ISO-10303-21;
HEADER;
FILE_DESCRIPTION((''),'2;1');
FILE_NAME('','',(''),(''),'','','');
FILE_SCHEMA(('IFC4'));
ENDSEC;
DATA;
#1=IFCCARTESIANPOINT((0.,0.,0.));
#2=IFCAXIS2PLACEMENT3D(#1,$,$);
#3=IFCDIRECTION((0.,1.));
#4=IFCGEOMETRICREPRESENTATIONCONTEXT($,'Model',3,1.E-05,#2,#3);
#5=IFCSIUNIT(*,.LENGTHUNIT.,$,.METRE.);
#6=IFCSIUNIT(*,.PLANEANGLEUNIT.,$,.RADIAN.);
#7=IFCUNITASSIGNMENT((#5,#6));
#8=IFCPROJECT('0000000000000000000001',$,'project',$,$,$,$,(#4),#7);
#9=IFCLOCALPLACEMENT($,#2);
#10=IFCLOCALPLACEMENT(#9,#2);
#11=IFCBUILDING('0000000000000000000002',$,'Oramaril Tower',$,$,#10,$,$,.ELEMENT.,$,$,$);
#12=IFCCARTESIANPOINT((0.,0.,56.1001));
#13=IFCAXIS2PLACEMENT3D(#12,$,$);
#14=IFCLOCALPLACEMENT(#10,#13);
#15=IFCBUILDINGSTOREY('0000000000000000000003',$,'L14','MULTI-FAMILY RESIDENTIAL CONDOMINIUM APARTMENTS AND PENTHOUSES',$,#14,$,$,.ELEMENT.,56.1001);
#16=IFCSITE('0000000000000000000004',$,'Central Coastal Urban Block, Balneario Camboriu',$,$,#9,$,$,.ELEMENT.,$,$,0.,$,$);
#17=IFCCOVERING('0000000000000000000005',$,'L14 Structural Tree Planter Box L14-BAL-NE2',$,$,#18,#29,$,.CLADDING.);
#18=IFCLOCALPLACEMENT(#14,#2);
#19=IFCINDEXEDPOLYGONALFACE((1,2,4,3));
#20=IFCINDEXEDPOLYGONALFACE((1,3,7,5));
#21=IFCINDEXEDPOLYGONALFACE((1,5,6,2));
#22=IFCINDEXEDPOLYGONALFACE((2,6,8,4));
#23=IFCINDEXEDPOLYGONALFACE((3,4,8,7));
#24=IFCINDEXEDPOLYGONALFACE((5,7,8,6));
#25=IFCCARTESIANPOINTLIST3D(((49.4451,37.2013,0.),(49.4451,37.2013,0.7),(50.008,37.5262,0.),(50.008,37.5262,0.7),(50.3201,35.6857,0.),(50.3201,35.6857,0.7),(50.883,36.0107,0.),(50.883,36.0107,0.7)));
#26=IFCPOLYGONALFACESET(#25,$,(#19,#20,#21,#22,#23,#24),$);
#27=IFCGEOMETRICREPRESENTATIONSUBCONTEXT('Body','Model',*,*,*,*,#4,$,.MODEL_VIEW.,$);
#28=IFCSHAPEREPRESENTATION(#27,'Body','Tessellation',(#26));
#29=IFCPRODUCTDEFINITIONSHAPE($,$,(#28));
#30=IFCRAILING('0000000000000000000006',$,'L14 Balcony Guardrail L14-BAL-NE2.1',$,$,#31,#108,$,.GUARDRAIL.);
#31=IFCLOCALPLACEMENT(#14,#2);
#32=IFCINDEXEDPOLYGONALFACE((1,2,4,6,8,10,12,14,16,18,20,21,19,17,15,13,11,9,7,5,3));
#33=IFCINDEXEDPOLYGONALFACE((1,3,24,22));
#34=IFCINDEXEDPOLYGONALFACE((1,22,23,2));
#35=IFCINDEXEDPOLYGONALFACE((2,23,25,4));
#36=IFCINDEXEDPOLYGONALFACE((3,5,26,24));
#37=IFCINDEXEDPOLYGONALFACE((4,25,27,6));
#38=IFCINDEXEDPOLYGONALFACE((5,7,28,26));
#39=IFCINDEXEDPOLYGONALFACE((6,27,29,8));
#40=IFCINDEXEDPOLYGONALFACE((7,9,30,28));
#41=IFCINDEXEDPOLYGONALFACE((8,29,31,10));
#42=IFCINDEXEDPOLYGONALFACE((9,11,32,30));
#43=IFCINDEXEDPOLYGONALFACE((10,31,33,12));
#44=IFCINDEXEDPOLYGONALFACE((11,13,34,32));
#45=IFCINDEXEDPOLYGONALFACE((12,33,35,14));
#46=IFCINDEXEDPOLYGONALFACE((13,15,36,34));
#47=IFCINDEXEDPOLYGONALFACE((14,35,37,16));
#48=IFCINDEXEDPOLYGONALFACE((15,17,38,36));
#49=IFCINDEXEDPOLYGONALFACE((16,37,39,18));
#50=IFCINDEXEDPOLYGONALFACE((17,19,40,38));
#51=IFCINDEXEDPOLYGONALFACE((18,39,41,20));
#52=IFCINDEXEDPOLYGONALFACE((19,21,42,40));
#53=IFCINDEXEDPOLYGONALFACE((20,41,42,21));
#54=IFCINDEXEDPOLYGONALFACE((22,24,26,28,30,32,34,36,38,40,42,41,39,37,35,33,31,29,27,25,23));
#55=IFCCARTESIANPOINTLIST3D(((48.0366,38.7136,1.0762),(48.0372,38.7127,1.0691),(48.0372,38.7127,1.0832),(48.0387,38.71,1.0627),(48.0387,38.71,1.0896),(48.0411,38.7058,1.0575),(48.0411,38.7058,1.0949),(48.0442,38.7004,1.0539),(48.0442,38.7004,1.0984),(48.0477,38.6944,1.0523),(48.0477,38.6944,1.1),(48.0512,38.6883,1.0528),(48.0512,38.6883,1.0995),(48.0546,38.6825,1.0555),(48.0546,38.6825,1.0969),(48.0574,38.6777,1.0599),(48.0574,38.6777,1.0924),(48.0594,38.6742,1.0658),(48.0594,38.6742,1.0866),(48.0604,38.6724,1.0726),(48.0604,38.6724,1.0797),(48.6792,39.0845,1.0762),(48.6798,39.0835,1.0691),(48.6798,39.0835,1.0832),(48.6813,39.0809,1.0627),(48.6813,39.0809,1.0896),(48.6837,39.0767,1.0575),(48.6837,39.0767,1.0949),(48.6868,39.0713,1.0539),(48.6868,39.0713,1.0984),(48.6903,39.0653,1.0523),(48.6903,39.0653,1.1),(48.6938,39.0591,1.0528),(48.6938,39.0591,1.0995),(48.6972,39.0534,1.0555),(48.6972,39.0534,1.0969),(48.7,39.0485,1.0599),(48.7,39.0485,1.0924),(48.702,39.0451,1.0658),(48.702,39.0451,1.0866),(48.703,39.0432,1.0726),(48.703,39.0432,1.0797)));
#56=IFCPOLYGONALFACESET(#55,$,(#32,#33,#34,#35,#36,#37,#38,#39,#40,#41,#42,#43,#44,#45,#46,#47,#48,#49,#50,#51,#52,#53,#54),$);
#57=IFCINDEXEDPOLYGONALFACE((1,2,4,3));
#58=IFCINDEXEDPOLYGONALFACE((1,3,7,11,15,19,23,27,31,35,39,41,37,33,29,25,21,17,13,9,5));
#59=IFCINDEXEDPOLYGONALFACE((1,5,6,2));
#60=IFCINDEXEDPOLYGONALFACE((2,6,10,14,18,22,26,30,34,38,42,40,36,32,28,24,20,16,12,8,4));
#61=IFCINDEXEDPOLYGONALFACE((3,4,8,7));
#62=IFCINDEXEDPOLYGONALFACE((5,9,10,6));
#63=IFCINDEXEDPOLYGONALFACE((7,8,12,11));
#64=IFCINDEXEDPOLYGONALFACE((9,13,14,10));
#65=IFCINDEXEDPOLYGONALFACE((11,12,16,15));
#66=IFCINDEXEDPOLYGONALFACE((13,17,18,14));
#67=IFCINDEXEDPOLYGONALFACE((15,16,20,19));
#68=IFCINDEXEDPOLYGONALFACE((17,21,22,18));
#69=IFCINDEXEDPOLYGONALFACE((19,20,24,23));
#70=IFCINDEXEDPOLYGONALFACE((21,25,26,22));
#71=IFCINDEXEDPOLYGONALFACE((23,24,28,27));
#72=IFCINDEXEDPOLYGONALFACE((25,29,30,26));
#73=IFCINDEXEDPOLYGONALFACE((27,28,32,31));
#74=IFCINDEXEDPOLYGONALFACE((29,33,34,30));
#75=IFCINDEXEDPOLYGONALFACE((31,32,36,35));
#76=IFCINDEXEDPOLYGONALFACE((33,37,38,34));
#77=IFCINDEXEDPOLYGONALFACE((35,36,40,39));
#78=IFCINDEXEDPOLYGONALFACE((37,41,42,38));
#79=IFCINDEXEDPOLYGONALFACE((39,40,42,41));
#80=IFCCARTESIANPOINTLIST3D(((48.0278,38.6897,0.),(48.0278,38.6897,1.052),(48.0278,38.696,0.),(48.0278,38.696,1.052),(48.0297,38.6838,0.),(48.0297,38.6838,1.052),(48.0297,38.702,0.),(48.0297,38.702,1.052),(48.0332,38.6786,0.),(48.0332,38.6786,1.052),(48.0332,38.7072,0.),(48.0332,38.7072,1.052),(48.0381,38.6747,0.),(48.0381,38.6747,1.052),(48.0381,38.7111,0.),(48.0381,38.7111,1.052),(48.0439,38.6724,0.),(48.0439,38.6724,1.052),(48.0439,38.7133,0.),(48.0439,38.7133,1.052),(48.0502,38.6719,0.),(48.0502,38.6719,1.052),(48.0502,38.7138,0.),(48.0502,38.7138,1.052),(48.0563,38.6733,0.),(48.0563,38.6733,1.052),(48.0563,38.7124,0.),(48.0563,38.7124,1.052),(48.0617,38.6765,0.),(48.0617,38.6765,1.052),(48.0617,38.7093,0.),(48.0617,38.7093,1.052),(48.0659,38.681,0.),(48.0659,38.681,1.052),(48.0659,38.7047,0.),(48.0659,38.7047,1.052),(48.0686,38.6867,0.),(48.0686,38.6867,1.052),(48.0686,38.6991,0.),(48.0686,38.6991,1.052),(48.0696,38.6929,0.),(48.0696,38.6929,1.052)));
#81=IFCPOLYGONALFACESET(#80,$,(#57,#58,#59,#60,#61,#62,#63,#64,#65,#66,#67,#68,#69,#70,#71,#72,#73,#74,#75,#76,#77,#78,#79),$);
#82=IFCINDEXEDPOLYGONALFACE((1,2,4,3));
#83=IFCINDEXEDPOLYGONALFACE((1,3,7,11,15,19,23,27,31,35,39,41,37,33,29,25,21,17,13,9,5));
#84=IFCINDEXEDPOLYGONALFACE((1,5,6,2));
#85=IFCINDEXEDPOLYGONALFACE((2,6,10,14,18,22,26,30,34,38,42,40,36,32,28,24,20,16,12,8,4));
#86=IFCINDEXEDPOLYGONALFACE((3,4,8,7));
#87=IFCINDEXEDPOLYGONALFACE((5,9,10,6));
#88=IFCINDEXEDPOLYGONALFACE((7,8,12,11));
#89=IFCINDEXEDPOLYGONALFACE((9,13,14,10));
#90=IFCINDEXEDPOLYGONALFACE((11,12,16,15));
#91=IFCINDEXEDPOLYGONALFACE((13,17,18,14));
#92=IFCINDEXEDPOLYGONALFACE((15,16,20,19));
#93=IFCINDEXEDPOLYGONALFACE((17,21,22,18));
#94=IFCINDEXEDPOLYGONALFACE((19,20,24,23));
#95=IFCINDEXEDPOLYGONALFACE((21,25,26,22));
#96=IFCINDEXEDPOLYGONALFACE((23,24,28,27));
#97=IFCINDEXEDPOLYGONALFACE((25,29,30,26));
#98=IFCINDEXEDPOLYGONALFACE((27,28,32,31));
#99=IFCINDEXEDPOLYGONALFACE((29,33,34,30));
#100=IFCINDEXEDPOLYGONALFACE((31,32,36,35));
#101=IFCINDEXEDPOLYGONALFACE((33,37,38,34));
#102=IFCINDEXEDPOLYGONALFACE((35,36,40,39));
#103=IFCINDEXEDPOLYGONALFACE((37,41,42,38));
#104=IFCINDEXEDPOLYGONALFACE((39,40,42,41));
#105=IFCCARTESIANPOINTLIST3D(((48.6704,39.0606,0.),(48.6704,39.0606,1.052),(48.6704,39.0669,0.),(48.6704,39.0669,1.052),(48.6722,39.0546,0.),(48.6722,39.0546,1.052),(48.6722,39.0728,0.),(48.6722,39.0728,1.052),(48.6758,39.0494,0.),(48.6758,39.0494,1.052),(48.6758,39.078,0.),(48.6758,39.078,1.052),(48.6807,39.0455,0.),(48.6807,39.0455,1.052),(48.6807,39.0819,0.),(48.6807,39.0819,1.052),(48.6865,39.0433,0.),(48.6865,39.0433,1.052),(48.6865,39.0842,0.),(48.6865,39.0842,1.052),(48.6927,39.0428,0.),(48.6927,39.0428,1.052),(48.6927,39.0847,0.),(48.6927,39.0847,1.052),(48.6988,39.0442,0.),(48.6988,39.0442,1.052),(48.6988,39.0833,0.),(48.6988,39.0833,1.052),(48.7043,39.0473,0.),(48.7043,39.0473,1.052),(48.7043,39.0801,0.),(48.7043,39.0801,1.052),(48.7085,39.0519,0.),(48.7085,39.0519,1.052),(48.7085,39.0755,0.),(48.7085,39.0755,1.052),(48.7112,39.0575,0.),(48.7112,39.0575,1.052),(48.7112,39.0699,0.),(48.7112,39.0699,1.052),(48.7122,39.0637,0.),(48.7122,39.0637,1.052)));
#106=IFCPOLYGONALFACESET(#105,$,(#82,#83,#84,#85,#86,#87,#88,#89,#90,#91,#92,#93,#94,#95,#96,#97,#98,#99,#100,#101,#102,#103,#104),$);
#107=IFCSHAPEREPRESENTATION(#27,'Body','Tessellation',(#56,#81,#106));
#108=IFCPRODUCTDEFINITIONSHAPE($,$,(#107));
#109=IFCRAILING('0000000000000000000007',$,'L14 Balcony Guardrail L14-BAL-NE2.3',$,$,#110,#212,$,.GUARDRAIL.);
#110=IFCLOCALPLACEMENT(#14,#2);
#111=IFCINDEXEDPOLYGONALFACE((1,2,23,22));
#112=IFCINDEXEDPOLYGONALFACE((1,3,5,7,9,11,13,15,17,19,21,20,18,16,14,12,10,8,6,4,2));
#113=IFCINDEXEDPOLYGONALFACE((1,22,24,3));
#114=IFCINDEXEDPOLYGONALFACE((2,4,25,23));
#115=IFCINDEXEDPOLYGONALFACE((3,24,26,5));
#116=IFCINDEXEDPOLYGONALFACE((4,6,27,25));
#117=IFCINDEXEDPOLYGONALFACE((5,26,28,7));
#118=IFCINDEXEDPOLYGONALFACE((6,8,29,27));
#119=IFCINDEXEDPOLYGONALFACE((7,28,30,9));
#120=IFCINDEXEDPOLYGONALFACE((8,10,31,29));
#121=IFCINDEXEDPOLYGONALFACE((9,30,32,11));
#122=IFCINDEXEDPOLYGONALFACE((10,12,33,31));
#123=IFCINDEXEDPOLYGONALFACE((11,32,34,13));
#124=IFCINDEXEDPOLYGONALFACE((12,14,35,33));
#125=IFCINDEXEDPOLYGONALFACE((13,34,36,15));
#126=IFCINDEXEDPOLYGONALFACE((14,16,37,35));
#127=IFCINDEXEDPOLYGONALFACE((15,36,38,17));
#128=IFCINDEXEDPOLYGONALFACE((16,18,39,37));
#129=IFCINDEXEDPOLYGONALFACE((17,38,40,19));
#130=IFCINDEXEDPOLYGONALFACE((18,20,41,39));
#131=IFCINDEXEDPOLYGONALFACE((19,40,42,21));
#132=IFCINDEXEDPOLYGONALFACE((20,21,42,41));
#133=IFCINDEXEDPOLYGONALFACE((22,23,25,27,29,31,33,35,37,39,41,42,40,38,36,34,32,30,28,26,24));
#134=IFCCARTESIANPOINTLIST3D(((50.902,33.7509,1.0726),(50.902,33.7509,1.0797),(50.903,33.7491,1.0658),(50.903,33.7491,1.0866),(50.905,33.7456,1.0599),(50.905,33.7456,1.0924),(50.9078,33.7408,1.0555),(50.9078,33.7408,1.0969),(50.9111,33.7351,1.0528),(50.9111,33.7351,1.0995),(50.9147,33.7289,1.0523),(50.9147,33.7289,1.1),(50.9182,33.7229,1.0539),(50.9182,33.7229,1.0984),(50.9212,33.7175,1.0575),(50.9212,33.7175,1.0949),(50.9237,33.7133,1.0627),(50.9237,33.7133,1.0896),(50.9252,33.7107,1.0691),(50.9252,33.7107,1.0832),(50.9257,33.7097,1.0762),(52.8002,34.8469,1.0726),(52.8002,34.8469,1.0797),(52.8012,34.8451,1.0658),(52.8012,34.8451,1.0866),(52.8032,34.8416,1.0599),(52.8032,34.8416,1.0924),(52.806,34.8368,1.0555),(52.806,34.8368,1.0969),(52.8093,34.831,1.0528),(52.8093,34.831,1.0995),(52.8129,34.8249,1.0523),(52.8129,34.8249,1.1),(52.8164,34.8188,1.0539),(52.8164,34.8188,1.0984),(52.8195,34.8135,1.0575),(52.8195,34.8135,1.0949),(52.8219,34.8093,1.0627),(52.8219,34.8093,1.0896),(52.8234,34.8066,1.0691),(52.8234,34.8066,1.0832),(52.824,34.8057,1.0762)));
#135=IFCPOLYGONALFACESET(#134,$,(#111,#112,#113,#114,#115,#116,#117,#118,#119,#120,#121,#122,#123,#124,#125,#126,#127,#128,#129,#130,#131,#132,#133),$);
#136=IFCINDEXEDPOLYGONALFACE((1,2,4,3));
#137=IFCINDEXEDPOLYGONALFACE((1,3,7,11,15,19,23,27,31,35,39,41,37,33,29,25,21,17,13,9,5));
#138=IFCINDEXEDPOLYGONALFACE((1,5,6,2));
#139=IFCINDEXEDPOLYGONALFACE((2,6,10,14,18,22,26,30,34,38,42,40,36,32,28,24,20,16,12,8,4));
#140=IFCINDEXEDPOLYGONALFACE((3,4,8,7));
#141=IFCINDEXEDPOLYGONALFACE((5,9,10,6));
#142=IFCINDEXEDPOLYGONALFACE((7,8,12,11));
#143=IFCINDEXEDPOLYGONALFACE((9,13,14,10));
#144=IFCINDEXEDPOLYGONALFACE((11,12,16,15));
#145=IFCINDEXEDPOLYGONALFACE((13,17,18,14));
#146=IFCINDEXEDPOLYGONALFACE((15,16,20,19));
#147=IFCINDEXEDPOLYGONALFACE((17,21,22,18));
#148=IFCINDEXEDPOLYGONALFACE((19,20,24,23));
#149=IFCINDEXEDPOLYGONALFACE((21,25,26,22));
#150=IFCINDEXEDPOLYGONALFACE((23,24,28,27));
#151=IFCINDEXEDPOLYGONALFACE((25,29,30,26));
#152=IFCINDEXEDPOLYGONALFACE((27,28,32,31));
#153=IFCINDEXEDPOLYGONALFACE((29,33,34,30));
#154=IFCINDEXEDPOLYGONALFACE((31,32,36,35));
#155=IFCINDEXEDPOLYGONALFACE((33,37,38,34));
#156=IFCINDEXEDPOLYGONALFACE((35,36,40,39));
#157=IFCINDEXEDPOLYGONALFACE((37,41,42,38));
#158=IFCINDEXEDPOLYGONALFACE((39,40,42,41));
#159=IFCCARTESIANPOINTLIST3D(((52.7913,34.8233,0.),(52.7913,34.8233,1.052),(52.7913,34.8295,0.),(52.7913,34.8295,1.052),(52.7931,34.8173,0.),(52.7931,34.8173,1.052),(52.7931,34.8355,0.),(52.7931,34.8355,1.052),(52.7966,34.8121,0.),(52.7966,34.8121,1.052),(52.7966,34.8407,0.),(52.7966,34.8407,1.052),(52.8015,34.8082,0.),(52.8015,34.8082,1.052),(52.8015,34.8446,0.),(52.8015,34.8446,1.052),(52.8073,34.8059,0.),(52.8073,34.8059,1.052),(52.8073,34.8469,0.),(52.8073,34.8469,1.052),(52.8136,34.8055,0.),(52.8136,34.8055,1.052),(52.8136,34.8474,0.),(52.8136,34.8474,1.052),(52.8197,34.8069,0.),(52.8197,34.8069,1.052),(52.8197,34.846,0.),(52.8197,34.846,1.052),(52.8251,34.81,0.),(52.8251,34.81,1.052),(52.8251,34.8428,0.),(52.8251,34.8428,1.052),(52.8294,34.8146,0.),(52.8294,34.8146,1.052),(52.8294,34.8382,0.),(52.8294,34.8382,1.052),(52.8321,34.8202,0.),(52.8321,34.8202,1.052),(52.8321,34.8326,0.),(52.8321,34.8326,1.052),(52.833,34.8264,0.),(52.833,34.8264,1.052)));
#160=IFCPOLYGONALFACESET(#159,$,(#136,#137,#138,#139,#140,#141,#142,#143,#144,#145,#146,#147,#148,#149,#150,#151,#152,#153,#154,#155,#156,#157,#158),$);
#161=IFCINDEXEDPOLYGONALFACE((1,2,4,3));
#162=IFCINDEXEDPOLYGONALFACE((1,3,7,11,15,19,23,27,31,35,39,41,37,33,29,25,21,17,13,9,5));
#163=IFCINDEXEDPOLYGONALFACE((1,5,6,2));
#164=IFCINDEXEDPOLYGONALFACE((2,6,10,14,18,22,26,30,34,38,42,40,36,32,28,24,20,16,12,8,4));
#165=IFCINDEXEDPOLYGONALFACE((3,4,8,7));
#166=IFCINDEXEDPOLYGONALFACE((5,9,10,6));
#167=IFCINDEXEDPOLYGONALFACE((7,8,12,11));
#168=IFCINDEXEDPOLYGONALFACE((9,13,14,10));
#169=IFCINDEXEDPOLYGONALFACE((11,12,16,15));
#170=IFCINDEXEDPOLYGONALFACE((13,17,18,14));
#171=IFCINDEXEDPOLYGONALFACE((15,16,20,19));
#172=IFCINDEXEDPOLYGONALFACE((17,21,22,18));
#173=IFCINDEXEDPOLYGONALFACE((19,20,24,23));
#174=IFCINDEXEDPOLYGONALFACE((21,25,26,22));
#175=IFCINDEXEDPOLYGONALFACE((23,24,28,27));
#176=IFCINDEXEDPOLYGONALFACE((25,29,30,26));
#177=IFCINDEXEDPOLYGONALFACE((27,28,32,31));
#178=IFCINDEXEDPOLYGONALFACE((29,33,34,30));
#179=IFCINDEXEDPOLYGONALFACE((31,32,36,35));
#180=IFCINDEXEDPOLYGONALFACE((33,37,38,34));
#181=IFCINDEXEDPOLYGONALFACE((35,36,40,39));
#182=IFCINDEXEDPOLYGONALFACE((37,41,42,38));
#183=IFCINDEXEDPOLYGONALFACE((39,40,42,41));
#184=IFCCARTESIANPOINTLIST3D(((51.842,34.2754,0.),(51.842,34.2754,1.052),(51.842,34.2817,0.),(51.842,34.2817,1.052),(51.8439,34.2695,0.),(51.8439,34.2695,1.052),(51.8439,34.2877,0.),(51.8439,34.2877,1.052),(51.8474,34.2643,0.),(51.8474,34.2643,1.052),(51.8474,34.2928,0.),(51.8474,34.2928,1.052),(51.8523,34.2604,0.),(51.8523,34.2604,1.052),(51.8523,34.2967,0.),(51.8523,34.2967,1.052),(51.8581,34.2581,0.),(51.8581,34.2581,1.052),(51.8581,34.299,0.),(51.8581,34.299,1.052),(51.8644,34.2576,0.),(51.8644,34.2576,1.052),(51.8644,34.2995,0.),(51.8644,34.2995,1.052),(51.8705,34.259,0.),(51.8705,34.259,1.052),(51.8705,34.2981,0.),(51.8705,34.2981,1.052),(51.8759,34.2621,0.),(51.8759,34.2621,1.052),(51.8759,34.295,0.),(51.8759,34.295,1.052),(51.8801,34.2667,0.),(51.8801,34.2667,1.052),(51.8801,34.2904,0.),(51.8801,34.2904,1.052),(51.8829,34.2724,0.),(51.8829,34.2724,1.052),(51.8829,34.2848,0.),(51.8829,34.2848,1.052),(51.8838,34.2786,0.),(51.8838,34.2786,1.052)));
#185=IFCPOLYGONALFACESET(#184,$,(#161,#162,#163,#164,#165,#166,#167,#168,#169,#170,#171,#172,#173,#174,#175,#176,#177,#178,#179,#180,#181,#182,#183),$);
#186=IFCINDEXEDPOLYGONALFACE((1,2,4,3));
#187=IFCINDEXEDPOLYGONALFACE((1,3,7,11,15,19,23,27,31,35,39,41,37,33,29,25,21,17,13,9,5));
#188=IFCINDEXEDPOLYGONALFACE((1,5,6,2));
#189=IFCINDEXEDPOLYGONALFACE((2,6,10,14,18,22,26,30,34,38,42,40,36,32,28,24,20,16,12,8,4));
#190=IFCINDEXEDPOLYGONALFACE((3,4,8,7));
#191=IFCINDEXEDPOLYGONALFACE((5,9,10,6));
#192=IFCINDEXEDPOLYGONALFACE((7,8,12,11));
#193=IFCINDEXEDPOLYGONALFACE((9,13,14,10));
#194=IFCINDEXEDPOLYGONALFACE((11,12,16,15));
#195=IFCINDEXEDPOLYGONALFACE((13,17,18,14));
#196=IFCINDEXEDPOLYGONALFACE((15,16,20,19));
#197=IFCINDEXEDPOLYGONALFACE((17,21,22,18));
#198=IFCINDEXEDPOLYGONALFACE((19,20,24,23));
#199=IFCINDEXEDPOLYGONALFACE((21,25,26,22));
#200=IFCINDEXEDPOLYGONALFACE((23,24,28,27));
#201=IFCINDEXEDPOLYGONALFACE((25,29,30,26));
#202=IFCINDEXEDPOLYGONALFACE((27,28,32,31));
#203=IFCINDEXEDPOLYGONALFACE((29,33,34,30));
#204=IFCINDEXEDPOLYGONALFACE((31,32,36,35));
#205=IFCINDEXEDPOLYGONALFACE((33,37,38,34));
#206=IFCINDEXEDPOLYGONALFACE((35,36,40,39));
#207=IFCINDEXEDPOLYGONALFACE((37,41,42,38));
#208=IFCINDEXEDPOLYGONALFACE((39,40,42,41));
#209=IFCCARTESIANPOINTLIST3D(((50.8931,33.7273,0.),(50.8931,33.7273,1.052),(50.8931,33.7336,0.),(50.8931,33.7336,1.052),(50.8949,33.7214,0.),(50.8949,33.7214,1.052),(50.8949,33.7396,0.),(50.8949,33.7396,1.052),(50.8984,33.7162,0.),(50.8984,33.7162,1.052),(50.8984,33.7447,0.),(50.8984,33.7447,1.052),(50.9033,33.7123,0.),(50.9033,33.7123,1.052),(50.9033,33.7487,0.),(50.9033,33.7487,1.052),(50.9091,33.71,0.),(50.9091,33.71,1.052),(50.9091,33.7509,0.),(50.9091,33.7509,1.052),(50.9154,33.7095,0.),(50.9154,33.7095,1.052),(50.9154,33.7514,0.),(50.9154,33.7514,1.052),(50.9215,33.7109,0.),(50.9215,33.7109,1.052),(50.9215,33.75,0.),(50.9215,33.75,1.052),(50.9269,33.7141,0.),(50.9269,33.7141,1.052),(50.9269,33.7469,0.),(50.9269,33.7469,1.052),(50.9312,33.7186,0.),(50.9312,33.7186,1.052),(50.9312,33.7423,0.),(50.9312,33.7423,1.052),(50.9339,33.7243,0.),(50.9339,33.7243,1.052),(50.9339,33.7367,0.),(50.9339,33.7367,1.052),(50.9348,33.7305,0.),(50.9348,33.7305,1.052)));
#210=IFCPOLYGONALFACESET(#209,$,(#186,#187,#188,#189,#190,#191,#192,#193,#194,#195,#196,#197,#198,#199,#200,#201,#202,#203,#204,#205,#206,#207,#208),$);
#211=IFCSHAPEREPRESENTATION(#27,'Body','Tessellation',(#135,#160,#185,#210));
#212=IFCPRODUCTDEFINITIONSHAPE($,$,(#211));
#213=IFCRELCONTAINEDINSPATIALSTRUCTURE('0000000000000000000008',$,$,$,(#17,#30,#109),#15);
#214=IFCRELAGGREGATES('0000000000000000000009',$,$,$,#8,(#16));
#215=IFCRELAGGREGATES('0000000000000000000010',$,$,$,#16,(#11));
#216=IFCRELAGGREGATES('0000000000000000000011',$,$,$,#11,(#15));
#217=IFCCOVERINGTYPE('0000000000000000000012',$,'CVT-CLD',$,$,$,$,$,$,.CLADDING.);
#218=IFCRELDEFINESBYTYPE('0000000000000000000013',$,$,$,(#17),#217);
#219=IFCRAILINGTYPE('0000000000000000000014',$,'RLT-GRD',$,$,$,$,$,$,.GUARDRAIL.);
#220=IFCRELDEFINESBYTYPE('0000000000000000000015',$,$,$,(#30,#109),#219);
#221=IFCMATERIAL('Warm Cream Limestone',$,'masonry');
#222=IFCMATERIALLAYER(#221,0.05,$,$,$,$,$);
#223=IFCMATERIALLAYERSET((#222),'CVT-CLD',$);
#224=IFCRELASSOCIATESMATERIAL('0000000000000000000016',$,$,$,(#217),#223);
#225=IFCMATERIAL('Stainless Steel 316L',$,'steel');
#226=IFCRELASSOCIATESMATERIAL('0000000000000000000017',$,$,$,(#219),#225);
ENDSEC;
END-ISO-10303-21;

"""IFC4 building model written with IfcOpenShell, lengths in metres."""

from ifc_helpers import new_model, si_unit, direction, frame, origin, origin_2d, place, context, subcontext, project, spatial, rectangle, circle, extrude, material, layer, layer_set, type_object, element, save


model = new_model("IFC4")

# Units and contexts
model_context = context("Model", 3, precision=1e-05, world=origin(), true_north=direction((0.0, 1.0)))
body_context = subcontext(model_context, "Body", "Model", "MODEL_VIEW")
ifc_project = project(units=[si_unit("LENGTHUNIT", "METRE"), si_unit("PLANEANGLEUNIT", "RADIAN")], contexts=[model_context])

# Site, building, storey
site_placement = place(None, origin())
site = spatial("IfcSite", under=ifc_project, at=site_placement, Name="Central Coastal Urban Block, Balneario Camboriu", CompositionType="ELEMENT", RefElevation=0.0)
building_placement = place(site_placement, origin())
building = spatial("IfcBuilding", under=site, at=building_placement, Name="Oramaril Tower", CompositionType="ELEMENT")
storey_placement = place(building_placement, frame((0.0, 0.0, 56.1001)))
storey = spatial("IfcBuildingStorey", under=building, at=storey_placement, Name="L14", Description="MULTI-FAMILY RESIDENTIAL CONDOMINIUM APARTMENTS AND PENTHOUSES", CompositionType="ELEMENT", Elevation=56.1001)

# Covering
ifc_material_1 = material(Name="Warm Cream Limestone", Category="masonry")
ifc_layer_1 = layer(ifc_material_1, 0.05)
ifc_layer_set_1 = layer_set([ifc_layer_1], Name="CVT-CLD")
covering_type = type_object("IfcCoveringType", Name="CVT-CLD", PredefinedType="CLADDING", material=ifc_layer_set_1)
covering_1_placement = place(storey_placement, frame((50.1641, 36.606, 0.0), z_axis=(0.0, 0.0, 1.0), x_axis=(-0.499998, 0.866026, 0.0)))
element("IfcCovering", 1, at=covering_1_placement, inside=storey, type_object=covering_type, Name="L14 Structural Tree Planter Box L14-BAL-NE2", PredefinedType="CLADDING", context=body_context, shape_type="SweptSolid", body=[
    extrude(rectangle(XDim=1.75, YDim=0.6499, at=origin_2d()), origin(), (0.0, 0.0, 1.0), 0.7),
])

# Railings
ifc_material_2 = material(Name="Stainless Steel 316L", Category="steel")
railing_type = type_object("IfcRailingType", Name="RLT-GRD", PredefinedType="GUARDRAIL", material=ifc_material_2)
railing_1_placement = place(storey_placement, frame((48.0486, 38.6929, 0.0)))
element("IfcRailing", 2, at=railing_1_placement, inside=storey, type_object=railing_type, Name="L14 Balcony Guardrail L14-BAL-NE2.1", PredefinedType="GUARDRAIL", context=body_context, shape_type="SweptSolid", body=[
    extrude(circle(Radius=0.0239, at=origin_2d()), frame((0.0, 0.0, 1.0762), z_axis=(0.866109, 0.499855, 0.0), x_axis=(-0.499855, 0.866109, 0.0)), (0.0, 0.0, 1.0), 0.7419),
    extrude(circle(Radius=0.021, at=origin_2d()), origin(), (0.0, 0.0, 1.0), 1.052),
    extrude(circle(Radius=0.021, at=origin_2d()), frame((0.6426, 0.3708, 0.0)), (0.0, 0.0, 1.0), 1.052),
])
railing_2_placement = place(storey_placement, frame((52.812, 34.8264, 0.0)))
element("IfcRailing", 3, at=railing_2_placement, inside=storey, type_object=railing_type, Name="L14 Balcony Guardrail L14-BAL-NE2.3", PredefinedType="GUARDRAIL", context=body_context, shape_type="SweptSolid", body=[
    extrude(circle(Radius=0.0239, at=origin_2d()), frame((0.0, 0.0, 1.0762), z_axis=(-0.866021, -0.500008, 0.0), x_axis=(0.500008, -0.866021, 0.0)), (0.0, 0.0, 1.0), 2.1919),
    extrude(circle(Radius=0.021, at=origin_2d()), origin(), (0.0, 0.0, 1.0), 1.052),
    extrude(circle(Radius=0.021, at=origin_2d()), frame((-0.9492, -0.5479, 0.0)), (0.0, 0.0, 1.0), 1.052),
    extrude(circle(Radius=0.021, at=origin_2d()), frame((-1.8982, -1.0959, 0.0)), (0.0, 0.0, 1.0), 1.052),
])

save(model, "model.ifc")
